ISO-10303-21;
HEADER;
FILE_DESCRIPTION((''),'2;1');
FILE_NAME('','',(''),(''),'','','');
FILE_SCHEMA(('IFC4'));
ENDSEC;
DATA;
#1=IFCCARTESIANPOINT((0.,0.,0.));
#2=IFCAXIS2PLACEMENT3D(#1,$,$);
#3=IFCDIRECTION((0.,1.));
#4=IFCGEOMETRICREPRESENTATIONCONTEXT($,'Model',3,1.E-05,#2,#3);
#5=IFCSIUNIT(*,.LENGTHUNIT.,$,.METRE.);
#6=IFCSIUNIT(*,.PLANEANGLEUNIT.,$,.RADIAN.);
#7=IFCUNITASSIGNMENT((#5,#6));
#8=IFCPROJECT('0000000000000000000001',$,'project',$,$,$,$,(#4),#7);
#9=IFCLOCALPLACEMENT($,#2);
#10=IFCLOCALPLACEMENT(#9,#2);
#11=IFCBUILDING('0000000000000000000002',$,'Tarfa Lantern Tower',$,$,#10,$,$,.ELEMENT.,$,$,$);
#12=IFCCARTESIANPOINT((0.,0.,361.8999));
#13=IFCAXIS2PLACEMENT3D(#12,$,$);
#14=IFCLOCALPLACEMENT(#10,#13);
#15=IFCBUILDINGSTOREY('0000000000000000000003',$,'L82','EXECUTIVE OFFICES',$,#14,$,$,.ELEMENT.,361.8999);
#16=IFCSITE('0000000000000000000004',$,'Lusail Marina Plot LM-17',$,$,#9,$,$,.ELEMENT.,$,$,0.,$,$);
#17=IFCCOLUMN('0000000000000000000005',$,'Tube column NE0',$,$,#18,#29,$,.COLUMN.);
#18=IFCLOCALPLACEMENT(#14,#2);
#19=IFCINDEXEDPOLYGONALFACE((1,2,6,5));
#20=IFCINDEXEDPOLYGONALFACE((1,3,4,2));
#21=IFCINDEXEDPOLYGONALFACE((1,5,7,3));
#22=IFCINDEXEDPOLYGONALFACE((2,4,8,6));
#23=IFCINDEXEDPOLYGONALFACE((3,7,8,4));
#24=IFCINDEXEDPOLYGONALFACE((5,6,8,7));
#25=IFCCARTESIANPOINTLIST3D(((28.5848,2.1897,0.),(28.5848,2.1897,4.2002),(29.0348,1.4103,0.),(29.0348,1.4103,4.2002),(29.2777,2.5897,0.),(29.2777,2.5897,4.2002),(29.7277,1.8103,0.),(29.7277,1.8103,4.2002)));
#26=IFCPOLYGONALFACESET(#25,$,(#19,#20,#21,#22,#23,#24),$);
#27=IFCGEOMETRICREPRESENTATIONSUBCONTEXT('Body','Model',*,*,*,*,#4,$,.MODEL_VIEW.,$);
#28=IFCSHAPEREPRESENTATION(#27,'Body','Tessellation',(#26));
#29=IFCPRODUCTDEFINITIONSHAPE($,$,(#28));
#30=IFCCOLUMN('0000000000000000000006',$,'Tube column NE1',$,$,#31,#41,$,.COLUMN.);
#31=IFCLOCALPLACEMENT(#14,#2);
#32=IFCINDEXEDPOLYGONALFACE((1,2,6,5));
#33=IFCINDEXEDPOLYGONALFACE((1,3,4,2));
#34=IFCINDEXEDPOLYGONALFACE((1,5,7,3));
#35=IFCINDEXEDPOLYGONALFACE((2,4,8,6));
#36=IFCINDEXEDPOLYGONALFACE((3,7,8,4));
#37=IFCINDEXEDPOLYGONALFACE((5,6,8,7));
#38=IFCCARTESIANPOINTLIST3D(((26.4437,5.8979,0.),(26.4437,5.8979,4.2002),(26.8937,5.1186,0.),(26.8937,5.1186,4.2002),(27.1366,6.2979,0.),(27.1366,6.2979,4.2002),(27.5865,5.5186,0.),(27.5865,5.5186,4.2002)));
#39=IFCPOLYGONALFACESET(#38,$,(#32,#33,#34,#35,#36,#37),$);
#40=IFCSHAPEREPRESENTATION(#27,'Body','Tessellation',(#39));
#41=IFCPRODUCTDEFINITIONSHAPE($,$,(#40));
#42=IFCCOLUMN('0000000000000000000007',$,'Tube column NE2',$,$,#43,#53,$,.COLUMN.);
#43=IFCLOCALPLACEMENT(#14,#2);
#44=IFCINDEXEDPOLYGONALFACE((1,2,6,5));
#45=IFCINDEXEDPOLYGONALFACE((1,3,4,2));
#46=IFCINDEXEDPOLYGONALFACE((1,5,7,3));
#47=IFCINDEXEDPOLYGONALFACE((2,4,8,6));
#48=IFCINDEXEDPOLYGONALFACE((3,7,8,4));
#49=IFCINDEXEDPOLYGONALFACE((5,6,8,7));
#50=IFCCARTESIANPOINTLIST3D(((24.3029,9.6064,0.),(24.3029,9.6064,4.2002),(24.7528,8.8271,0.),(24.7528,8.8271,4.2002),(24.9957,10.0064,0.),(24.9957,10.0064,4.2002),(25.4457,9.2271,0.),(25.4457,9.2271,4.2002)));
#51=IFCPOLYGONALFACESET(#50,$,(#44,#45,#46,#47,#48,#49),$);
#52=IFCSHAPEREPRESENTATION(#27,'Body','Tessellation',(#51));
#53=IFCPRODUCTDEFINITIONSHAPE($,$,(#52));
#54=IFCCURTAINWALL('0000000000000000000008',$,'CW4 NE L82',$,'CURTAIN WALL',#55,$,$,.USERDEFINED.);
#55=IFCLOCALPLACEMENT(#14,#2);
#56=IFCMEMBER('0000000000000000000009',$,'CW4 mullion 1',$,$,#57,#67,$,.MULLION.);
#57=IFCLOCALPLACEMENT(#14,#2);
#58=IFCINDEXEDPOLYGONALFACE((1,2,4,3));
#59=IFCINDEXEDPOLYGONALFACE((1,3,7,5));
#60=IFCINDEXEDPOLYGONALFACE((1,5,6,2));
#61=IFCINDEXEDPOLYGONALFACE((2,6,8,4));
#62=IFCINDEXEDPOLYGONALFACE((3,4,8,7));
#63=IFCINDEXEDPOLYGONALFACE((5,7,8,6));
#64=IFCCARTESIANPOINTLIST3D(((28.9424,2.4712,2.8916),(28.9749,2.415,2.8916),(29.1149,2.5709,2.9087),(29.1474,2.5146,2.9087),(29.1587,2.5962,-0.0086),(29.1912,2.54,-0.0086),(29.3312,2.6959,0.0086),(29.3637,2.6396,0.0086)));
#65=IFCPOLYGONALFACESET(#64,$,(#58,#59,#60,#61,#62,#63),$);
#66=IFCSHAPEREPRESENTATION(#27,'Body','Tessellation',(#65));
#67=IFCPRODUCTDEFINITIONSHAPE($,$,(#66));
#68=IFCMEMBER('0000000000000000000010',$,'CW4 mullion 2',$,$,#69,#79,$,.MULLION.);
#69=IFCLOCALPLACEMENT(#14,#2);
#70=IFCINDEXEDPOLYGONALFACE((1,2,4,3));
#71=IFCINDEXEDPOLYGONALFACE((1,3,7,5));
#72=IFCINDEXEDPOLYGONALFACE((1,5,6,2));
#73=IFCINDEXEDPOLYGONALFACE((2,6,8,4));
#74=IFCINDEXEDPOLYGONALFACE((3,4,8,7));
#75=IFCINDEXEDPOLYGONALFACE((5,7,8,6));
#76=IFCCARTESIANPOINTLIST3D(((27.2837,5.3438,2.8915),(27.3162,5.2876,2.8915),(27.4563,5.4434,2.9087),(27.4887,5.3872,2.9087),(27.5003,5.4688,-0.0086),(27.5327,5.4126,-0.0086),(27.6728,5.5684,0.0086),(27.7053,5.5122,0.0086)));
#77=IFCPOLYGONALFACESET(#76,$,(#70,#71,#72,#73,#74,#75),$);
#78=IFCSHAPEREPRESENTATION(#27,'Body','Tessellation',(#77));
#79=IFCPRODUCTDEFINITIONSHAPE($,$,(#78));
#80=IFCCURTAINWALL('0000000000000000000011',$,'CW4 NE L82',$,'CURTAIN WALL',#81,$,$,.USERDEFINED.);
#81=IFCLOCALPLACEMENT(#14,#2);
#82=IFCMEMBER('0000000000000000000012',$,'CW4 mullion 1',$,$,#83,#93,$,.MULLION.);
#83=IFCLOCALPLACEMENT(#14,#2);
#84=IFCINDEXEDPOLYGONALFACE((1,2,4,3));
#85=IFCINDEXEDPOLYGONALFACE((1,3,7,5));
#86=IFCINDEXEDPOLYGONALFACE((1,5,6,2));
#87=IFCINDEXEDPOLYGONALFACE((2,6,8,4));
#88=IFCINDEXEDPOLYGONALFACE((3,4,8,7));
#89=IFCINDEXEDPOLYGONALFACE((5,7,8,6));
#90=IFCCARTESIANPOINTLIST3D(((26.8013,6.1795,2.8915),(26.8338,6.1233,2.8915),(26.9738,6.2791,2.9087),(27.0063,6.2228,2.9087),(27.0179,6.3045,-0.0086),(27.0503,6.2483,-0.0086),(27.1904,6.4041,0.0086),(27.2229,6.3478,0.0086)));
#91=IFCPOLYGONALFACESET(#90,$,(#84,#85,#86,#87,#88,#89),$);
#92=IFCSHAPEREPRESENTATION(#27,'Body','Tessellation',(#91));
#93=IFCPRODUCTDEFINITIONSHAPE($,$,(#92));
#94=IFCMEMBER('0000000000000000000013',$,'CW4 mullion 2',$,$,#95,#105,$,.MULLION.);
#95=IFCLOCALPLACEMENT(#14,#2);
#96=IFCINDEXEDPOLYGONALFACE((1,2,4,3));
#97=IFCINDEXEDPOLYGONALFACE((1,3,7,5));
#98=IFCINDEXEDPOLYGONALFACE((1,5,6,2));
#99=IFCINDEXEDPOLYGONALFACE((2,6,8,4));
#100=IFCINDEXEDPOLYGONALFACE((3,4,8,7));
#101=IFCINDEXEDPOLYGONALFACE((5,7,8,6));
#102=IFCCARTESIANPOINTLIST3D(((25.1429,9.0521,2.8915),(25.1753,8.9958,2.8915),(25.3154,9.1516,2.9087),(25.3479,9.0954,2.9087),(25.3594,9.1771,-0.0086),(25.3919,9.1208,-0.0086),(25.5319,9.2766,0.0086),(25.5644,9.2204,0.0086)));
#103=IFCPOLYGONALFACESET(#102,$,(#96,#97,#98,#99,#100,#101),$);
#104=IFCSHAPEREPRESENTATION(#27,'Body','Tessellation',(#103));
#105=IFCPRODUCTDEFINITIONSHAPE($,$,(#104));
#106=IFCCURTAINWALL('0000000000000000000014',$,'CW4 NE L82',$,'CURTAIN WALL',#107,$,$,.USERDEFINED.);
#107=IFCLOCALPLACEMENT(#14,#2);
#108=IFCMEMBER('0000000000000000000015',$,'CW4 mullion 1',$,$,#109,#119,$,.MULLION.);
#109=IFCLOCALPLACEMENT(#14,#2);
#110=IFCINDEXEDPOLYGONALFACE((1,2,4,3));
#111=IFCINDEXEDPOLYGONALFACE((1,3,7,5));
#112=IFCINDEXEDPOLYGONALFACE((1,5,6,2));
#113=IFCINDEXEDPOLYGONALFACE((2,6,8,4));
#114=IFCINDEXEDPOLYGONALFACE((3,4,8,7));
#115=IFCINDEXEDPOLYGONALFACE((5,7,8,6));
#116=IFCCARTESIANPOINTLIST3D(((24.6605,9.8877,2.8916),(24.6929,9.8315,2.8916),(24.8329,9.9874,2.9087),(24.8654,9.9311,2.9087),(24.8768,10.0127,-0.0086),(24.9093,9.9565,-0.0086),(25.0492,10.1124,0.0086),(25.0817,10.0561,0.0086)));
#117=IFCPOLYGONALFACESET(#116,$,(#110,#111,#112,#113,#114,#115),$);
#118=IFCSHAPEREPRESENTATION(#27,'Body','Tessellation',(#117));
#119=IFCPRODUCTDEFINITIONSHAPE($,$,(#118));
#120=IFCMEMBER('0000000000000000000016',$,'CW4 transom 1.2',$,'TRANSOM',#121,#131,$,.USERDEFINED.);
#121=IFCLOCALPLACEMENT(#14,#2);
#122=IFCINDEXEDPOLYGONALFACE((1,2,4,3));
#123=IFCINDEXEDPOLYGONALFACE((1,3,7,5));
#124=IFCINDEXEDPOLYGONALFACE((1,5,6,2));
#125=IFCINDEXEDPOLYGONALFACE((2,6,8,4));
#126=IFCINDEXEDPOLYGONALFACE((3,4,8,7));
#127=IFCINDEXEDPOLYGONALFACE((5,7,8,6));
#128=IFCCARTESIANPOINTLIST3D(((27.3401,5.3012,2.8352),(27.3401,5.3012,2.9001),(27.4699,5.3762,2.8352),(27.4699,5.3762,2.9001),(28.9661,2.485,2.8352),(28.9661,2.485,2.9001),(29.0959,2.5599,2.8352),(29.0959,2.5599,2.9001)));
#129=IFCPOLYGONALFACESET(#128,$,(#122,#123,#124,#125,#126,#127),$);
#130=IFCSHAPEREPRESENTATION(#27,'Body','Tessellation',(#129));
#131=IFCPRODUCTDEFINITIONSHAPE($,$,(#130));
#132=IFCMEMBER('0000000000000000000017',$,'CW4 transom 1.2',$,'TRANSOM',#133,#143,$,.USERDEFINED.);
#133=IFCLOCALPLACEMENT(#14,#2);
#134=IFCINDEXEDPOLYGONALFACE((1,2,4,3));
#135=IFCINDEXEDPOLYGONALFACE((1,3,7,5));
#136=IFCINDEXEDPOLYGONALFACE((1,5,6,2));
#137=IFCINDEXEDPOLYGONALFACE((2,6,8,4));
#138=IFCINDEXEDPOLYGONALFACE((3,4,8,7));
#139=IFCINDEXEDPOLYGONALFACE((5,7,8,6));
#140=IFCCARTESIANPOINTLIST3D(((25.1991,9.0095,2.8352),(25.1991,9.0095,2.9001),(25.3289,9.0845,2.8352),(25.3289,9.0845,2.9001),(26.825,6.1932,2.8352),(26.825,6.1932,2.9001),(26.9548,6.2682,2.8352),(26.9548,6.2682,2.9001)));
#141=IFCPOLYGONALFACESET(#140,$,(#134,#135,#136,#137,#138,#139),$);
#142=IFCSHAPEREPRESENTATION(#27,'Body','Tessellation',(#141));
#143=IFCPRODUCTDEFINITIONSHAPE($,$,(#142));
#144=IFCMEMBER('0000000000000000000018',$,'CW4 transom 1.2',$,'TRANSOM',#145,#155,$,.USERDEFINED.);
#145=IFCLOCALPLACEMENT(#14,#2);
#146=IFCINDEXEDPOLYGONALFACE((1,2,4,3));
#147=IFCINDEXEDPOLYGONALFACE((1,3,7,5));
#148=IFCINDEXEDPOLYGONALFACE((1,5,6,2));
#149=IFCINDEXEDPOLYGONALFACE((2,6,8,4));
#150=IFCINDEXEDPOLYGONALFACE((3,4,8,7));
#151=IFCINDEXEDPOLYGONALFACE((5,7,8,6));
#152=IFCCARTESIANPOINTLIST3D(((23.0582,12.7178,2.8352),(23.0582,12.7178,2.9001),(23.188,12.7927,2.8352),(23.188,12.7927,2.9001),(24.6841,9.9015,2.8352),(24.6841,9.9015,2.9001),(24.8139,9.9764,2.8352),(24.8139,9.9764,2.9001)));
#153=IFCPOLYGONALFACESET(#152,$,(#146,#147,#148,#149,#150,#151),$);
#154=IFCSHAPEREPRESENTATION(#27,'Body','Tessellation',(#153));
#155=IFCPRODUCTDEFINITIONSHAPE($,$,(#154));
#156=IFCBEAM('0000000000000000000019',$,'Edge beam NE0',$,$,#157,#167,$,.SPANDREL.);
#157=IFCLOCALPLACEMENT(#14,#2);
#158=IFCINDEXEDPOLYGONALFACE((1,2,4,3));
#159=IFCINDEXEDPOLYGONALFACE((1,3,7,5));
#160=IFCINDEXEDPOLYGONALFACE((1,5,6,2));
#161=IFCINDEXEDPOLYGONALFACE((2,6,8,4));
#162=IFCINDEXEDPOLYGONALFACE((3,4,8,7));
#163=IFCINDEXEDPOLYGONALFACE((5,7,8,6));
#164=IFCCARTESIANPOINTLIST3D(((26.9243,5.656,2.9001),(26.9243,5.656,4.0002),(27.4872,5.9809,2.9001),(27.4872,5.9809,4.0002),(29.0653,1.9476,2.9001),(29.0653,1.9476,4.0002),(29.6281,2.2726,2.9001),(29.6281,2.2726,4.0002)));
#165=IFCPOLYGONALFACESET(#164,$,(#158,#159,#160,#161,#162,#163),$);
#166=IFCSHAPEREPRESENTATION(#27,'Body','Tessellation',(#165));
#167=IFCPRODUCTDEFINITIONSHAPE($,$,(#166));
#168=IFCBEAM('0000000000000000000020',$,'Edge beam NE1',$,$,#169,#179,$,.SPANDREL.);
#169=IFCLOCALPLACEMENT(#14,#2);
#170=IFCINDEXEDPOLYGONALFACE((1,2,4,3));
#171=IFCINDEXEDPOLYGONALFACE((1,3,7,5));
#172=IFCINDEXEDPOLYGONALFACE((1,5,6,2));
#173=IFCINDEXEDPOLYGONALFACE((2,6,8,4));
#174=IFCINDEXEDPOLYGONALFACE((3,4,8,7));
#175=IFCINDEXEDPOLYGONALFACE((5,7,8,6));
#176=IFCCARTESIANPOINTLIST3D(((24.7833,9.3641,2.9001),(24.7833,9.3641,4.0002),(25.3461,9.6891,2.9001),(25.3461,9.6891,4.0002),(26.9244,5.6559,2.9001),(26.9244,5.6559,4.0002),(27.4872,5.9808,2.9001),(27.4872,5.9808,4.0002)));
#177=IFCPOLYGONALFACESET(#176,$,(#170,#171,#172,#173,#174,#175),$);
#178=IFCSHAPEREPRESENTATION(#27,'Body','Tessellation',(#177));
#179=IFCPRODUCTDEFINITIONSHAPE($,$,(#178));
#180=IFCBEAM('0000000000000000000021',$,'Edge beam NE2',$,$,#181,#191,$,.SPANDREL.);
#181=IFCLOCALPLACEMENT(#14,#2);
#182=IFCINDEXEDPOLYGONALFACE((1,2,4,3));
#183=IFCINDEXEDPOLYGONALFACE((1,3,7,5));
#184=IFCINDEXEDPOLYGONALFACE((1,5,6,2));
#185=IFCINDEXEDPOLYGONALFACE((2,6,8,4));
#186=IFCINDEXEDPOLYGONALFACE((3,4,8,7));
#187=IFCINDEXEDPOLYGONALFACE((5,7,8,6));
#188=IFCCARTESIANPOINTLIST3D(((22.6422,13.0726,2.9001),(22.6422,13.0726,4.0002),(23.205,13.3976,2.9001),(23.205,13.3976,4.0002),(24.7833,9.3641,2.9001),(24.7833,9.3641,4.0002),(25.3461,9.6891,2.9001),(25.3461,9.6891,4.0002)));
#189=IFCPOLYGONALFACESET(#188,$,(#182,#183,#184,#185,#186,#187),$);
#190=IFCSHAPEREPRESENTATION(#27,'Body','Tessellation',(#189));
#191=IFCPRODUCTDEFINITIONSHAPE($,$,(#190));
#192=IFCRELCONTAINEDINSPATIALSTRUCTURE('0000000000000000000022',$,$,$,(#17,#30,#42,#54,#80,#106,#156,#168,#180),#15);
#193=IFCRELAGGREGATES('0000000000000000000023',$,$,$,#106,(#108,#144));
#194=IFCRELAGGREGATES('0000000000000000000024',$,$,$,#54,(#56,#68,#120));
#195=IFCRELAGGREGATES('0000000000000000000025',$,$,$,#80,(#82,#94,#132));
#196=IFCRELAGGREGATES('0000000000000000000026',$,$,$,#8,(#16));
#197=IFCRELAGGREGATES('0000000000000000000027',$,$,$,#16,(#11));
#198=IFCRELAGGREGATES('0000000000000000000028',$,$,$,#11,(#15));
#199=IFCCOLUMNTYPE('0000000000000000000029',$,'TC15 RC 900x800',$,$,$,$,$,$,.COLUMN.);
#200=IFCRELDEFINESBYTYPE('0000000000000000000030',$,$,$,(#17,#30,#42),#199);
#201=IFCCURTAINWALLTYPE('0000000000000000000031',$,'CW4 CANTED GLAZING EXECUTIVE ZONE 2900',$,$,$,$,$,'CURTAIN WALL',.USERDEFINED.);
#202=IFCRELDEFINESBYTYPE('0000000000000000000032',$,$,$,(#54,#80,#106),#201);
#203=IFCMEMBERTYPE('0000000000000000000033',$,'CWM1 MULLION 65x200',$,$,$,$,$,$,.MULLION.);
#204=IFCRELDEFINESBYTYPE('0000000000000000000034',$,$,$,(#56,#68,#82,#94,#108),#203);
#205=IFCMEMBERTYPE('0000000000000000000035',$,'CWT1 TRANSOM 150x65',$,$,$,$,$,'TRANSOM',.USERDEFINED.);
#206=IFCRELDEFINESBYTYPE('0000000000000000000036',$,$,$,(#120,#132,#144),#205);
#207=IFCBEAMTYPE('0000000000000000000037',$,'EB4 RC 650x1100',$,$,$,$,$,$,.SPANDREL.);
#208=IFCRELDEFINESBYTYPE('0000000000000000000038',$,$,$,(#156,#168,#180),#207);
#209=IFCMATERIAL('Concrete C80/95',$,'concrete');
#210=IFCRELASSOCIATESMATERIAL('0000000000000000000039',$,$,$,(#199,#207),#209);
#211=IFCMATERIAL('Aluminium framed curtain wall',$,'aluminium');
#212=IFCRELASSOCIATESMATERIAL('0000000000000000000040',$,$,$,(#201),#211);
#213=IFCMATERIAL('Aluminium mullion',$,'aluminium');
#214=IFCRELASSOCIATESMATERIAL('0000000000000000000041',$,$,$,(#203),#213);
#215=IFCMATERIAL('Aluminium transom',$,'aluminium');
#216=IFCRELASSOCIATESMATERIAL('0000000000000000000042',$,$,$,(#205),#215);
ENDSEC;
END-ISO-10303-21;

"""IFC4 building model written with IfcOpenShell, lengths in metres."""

from ifc_helpers import new_model, si_unit, direction, frame, origin, origin_2d, place, context, subcontext, project, spatial, rectangle, extrude, material, material_profile, profile_set, type_object, element, aggregate, save


model = new_model("IFC4")

# Units and contexts
model_context = context("Model", 3, precision=1e-05, world=origin(), true_north=direction((0.0, 1.0)))
body_context = subcontext(model_context, "Body", "Model", "MODEL_VIEW")
ifc_project = project(units=[si_unit("LENGTHUNIT", "METRE"), si_unit("PLANEANGLEUNIT", "RADIAN")], contexts=[model_context])

# Site, building, storey
site_placement = place(None, origin())
site = spatial("IfcSite", under=ifc_project, at=site_placement, Name="Lusail Marina Plot LM-17", CompositionType="ELEMENT", RefElevation=0.0)
building_placement = place(site_placement, origin())
building = spatial("IfcBuilding", under=site, at=building_placement, Name="Tarfa Lantern Tower", CompositionType="ELEMENT")
storey_placement = place(building_placement, frame((0.0, 0.0, 361.8999)))
storey = spatial("IfcBuildingStorey", under=building, at=storey_placement, Name="L82", Description="EXECUTIVE OFFICES", CompositionType="ELEMENT", Elevation=361.8999)

# Columns
ifc_material_1 = material(Name="Concrete C80/95", Category="concrete")
ifc_material_profile_1 = material_profile(ifc_material_1, rectangle(XDim=0.8999, YDim=0.8, at=origin_2d()), Name="RC 900x800")
ifc_profile_set_1 = profile_set([ifc_material_profile_1], Name="Concrete C80/95")
column_type = type_object("IfcColumnType", Name="TC15 RC 900x800", PredefinedType="COLUMN", material=ifc_profile_set_1)
for number, where, z_axis, x_axis, name in (
    (1, (29.1562, 2.0, 0.0), (0.0, 0.0, 1.0), (-0.5, 0.866025, 0.0), "Tube column NE0"),
    (2, (27.0151, 5.7083, 0.0), (0.0, 0.0, 1.0), (-0.5, 0.866025, 0.0), "Tube column NE1"),
    (3, (24.8743, 9.4167, 0.0), (0.0, 0.0, 1.0), (-0.5, 0.866025, 0.0), "Tube column NE2"),
):
    element("IfcColumn", number, at=place(storey_placement, frame(where, z_axis=z_axis, x_axis=x_axis)), inside=storey, type_object=column_type, Name=name, PredefinedType="COLUMN", context=body_context, shape_type="SweptSolid", body=[
        extrude(rectangle(XDim=0.8999, YDim=0.8, at=origin_2d()), origin(), (0.0, 0.0, 1.0), 4.2002),
    ])

# Curtain walls, members
ifc_material_2 = material(Name="Aluminium framed curtain wall", Category="aluminium")
curtain_wall_type = type_object("IfcCurtainWallType", Name="CW4 CANTED GLAZING EXECUTIVE ZONE 2900", ElementType="CURTAIN WALL", PredefinedType="USERDEFINED", material=ifc_material_2)
curtain_wall_1_placement = place(storey_placement, origin())
curtain_wall_1 = element("IfcCurtainWall", 4, at=curtain_wall_1_placement, inside=storey, type_object=curtain_wall_type, Name="CW4 NE L82", ObjectType="CURTAIN WALL", PredefinedType="USERDEFINED")
ifc_material_3 = material(Name="Aluminium mullion", Category="aluminium")
ifc_material_profile_2 = material_profile(ifc_material_3, rectangle(XDim=0.0649, YDim=0.2, at=origin_2d()), Name="AL MULLION 65x200")
ifc_profile_set_2 = profile_set([ifc_material_profile_2], Name="Aluminium mullion")
member_type_1 = type_object("IfcMemberType", Name="CWM1 MULLION 65x200", PredefinedType="MULLION", material=ifc_profile_set_2)
member_1_placement = place(storey_placement, frame((29.2612, 2.6179, 0.0), z_axis=(-0.07431, -0.042942, 0.99631), x_axis=(0.500343, -0.865827, 0.0)))
member_1 = element("IfcMember", 5, at=member_1_placement, type_object=member_type_1, Name="CW4 mullion 1", PredefinedType="MULLION", context=body_context, shape_type="SweptSolid", body=[
    extrude(rectangle(XDim=0.0649, YDim=0.2, at=origin_2d()), origin(), (0.0, 0.0, 1.0), 2.9109),
])
member_2_placement = place(storey_placement, frame((27.6028, 5.4905, 0.0), z_axis=(-0.074394, -0.042942, 0.996304), x_axis=(0.49992, -0.866072, 0.0)))
member_2 = element("IfcMember", 6, at=member_2_placement, type_object=member_type_1, Name="CW4 mullion 2", PredefinedType="MULLION", context=body_context, shape_type="SweptSolid", body=[
    extrude(rectangle(XDim=0.0649, YDim=0.2, at=origin_2d()), origin(), (0.0, 0.0, 1.0), 2.9109),
])
curtain_wall_2_placement = place(storey_placement, origin())
curtain_wall_2 = element("IfcCurtainWall", 7, at=curtain_wall_2_placement, inside=storey, type_object=curtain_wall_type, Name="CW4 NE L82", ObjectType="CURTAIN WALL", PredefinedType="USERDEFINED")
member_3_placement = place(storey_placement, frame((27.1204, 6.3262, 0.0), z_axis=(-0.074394, -0.042942, 0.996304), x_axis=(0.49992, -0.866072, 0.0)))
member_3 = element("IfcMember", 8, at=member_3_placement, type_object=member_type_1, Name="CW4 mullion 1", PredefinedType="MULLION", context=body_context, shape_type="SweptSolid", body=[
    extrude(rectangle(XDim=0.0649, YDim=0.2, at=origin_2d()), origin(), (0.0, 0.0, 1.0), 2.9109),
])
member_4_placement = place(storey_placement, frame((25.4619, 9.1987, 0.0), z_axis=(-0.074394, -0.042942, 0.996304), x_axis=(0.49992, -0.866072, 0.0)))
member_4 = element("IfcMember", 9, at=member_4_placement, type_object=member_type_1, Name="CW4 mullion 2", PredefinedType="MULLION", context=body_context, shape_type="SweptSolid", body=[
    extrude(rectangle(XDim=0.0649, YDim=0.2, at=origin_2d()), origin(), (0.0, 0.0, 1.0), 2.9109),
])

# Curtain wall, member
curtain_wall_3_placement = place(storey_placement, origin())
curtain_wall_3 = element("IfcCurtainWall", 10, at=curtain_wall_3_placement, inside=storey, type_object=curtain_wall_type, Name="CW4 NE L82", ObjectType="CURTAIN WALL", PredefinedType="USERDEFINED")
member_5_placement = place(storey_placement, frame((24.9792, 10.0344, 0.0), z_axis=(-0.07431, -0.042942, 0.99631), x_axis=(0.500343, -0.865827, 0.0)))
member_5 = element("IfcMember", 11, at=member_5_placement, type_object=member_type_1, Name="CW4 mullion 1", PredefinedType="MULLION", context=body_context, shape_type="SweptSolid", body=[
    extrude(rectangle(XDim=0.0649, YDim=0.2, at=origin_2d()), origin(), (0.0, 0.0, 1.0), 2.9109),
])

# Members
ifc_material_4 = material(Name="Aluminium transom", Category="aluminium")
ifc_material_profile_3 = material_profile(ifc_material_4, rectangle(XDim=0.1499, YDim=0.0649, at=origin_2d()), Name="AL TRANSOM 150x65")
ifc_profile_set_3 = profile_set([ifc_material_profile_3], Name="Aluminium transom")
member_type_2 = type_object("IfcMemberType", Name="CWT1 TRANSOM 150x65", ElementType="TRANSOM", PredefinedType="USERDEFINED", material=ifc_profile_set_3)
member_6_placement = place(storey_placement, frame((29.031, 2.5225, 2.8677), z_axis=(-0.500015, 0.866017, 0.0), x_axis=(-0.866017, -0.500015, 0.0)))
member_6 = element("IfcMember", 12, at=member_6_placement, type_object=member_type_2, Name="CW4 transom 1.2", ObjectType="TRANSOM", PredefinedType="USERDEFINED", context=body_context, shape_type="SweptSolid", body=[
    extrude(rectangle(XDim=0.1499, YDim=0.0649, at=origin_2d()), origin(), (0.0, 0.0, 1.0), 3.252),
])
member_7_placement = place(storey_placement, frame((26.8899, 6.2307, 2.8677), z_axis=(-0.499982, 0.866036, 0.0), x_axis=(-0.866036, -0.499982, 0.0)))
member_7 = element("IfcMember", 13, at=member_7_placement, type_object=member_type_2, Name="CW4 transom 1.2", ObjectType="TRANSOM", PredefinedType="USERDEFINED", context=body_context, shape_type="SweptSolid", body=[
    extrude(rectangle(XDim=0.1499, YDim=0.0649, at=origin_2d()), origin(), (0.0, 0.0, 1.0), 3.252),
])
member_8_placement = place(storey_placement, frame((24.749, 9.939, 2.8677), z_axis=(-0.499982, 0.866036, 0.0), x_axis=(-0.866036, -0.499982, 0.0)))
member_8 = element("IfcMember", 14, at=member_8_placement, type_object=member_type_2, Name="CW4 transom 1.2", ObjectType="TRANSOM", PredefinedType="USERDEFINED", context=body_context, shape_type="SweptSolid", body=[
    extrude(rectangle(XDim=0.1499, YDim=0.0649, at=origin_2d()), origin(), (0.0, 0.0, 1.0), 3.252),
])
aggregate(curtain_wall_3, [member_5, member_8])

# Beams
ifc_material_profile_4 = material_profile(ifc_material_1, rectangle(XDim=0.6499, YDim=1.1001, at=origin_2d()), Name="RC 650x1100")
ifc_profile_set_4 = profile_set([ifc_material_profile_4], Name="Concrete C80/95")
beam_type_1 = type_object("IfcBeamType", Name="EB4 RC 650x1100", PredefinedType="SPANDREL", material=ifc_profile_set_4)
for number, where, z_axis, x_axis, name in (
    (15, (29.3467, 2.1101, 3.4502), (-0.499984, 0.866035, 0.0), (-0.866035, -0.499984, 0.0), "Edge beam NE0"),
    (16, (27.2058, 5.8184, 3.4502), (-0.500027, 0.86601, 0.0), (-0.86601, -0.500027, 0.0), "Edge beam NE1"),
):
    element("IfcBeam", number, at=place(storey_placement, frame(where, z_axis=z_axis, x_axis=x_axis)), inside=storey, type_object=beam_type_1, Name=name, PredefinedType="SPANDREL", context=body_context, shape_type="SweptSolid", body=[
        extrude(rectangle(XDim=0.6499, YDim=1.1001, at=origin_2d()), origin(), (0.0, 0.0, 1.0), 4.282),
    ])
beam_1_placement = place(storey_placement, frame((25.0647, 9.5266, 3.4502), z_axis=(-0.500002, 0.866024, 0.0), x_axis=(-0.866024, -0.500002, 0.0)))
element("IfcBeam", 17, at=beam_1_placement, inside=storey, type_object=beam_type_1, Name="Edge beam NE2", PredefinedType="SPANDREL", context=body_context, shape_type="SweptSolid", body=[
    extrude(rectangle(XDim=0.6499, YDim=1.1001, at=origin_2d()), origin(), (0.0, 0.0, 1.0), 4.2822),
])

aggregate(curtain_wall_1, [member_1, member_2, member_6])
aggregate(curtain_wall_2, [member_3, member_4, member_7])

save(model, "model.ifc")
